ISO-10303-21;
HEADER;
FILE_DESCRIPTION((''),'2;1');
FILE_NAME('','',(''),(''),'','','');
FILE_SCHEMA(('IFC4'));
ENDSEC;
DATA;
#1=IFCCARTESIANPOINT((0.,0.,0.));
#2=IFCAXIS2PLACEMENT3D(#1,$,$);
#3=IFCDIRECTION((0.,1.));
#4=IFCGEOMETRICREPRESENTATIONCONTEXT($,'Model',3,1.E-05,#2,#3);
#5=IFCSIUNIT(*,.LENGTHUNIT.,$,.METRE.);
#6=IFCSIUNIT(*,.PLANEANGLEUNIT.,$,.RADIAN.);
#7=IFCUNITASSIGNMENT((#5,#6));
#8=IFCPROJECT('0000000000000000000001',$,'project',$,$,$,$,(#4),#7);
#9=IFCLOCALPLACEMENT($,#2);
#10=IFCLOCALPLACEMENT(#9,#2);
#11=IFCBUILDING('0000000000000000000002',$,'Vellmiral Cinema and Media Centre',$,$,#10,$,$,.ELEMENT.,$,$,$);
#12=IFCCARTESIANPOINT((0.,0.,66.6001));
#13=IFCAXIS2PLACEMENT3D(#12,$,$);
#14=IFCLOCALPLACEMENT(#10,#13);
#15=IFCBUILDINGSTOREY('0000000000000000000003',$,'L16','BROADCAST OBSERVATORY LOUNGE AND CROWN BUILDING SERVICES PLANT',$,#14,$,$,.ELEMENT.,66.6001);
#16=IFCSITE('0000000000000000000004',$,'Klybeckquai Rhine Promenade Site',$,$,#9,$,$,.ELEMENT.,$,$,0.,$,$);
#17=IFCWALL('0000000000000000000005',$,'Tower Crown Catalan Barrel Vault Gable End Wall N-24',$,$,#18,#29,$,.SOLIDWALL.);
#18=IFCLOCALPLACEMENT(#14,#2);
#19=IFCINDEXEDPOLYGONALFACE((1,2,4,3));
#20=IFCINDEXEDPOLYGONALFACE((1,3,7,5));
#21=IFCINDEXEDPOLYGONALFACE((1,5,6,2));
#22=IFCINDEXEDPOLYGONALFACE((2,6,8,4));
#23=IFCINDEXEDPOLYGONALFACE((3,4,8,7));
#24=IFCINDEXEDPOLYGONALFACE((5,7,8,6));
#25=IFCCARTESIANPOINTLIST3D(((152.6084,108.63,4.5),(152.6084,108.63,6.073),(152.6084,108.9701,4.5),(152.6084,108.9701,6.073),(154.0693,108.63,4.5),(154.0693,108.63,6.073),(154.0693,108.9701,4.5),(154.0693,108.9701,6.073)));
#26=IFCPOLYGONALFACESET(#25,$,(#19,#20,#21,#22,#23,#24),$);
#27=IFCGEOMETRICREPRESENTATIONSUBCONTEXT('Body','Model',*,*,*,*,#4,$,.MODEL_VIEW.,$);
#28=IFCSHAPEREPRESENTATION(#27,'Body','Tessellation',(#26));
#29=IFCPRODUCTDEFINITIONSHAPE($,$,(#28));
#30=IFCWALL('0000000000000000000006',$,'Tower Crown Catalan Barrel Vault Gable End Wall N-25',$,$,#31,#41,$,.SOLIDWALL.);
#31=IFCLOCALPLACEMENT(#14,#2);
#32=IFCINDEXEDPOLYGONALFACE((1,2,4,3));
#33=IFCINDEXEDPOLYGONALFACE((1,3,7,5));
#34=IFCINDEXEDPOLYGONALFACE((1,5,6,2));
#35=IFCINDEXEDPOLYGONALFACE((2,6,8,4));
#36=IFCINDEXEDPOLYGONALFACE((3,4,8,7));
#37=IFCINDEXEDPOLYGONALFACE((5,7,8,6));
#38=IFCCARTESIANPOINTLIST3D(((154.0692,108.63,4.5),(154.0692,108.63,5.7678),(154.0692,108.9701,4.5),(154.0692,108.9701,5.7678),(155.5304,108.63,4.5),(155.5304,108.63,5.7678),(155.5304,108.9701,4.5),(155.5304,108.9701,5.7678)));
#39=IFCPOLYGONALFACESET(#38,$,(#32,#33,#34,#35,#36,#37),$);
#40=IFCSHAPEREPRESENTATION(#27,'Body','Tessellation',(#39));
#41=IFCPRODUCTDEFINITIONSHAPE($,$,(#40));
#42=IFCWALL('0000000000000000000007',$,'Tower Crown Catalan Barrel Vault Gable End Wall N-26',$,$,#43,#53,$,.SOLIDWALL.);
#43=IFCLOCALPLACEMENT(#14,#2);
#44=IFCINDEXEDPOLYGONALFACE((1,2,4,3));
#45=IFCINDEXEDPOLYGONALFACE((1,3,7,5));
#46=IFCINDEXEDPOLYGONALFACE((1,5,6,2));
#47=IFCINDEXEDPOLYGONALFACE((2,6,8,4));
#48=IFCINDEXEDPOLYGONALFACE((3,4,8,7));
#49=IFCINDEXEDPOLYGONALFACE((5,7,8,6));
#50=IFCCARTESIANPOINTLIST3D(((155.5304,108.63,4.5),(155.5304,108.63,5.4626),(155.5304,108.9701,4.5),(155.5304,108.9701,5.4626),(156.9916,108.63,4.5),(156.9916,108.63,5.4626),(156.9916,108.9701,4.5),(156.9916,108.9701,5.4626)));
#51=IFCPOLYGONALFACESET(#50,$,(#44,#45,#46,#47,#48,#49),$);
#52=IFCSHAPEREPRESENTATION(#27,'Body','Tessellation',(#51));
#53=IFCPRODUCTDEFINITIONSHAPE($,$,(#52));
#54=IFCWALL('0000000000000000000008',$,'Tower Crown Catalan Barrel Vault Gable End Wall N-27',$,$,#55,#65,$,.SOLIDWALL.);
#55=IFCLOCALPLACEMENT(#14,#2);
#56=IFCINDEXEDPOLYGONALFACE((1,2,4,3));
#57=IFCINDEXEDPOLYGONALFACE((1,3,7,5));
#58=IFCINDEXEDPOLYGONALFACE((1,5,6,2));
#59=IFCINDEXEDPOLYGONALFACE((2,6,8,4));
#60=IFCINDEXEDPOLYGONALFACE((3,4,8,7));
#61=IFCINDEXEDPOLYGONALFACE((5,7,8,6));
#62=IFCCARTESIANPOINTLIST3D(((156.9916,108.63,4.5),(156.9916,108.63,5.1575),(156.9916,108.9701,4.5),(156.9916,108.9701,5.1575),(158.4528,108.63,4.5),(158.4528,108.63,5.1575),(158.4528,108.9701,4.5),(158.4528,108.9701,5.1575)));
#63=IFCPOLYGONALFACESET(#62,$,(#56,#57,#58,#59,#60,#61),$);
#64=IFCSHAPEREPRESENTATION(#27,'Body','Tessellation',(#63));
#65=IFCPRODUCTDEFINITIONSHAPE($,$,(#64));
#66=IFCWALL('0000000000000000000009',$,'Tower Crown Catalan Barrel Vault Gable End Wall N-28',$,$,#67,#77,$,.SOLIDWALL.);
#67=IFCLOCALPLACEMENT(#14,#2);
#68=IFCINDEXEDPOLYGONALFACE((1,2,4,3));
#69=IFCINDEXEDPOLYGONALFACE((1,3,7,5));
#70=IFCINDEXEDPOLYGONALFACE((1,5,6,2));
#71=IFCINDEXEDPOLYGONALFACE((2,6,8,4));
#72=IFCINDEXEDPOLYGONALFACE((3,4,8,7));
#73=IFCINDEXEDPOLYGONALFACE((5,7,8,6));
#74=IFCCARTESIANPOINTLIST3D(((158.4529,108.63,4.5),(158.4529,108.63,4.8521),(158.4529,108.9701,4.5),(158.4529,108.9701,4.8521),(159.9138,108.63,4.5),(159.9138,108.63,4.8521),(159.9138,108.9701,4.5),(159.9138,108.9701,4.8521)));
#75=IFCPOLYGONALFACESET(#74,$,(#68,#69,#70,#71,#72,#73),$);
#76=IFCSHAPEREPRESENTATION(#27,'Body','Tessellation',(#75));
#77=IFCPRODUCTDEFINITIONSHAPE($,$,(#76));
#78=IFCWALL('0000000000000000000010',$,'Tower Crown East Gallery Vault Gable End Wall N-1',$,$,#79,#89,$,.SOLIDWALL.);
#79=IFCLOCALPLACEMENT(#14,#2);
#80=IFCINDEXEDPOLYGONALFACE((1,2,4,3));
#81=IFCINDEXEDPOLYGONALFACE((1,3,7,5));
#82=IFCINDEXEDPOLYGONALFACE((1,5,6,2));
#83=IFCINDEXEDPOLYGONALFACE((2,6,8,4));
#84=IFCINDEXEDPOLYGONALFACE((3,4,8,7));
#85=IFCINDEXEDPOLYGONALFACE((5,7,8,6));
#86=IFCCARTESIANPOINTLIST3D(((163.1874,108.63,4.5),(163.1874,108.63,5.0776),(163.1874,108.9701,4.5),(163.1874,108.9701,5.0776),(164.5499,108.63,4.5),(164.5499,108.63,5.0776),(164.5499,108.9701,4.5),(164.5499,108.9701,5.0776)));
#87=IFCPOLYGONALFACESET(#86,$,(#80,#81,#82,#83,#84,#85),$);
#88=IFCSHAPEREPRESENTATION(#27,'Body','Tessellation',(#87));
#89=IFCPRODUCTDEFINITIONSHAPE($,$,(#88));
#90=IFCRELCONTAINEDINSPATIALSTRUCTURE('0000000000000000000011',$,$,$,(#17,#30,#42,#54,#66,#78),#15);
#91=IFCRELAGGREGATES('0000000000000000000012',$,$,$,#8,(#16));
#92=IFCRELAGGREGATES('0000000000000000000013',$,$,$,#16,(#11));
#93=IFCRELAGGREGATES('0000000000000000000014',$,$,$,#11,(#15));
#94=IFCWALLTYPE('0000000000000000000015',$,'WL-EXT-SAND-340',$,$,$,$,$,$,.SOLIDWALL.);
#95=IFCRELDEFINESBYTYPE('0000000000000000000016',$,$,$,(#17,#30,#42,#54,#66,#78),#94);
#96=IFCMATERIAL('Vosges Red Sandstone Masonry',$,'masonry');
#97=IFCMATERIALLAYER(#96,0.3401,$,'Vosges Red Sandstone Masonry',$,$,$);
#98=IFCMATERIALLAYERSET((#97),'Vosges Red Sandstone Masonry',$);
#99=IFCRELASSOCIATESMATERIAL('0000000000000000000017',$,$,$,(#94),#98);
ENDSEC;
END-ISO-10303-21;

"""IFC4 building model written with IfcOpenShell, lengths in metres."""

from ifc_helpers import new_model, si_unit, direction, frame, frame_2d, origin, place, context, subcontext, project, spatial, rectangle, extrude, material, layer, layer_set, type_object, element, save


model = new_model("IFC4")

# Units and contexts
model_context = context("Model", 3, precision=1e-05, world=origin(), true_north=direction((0.0, 1.0)))
body_context = subcontext(model_context, "Body", "Model", "MODEL_VIEW")
ifc_project = project(units=[si_unit("LENGTHUNIT", "METRE"), si_unit("PLANEANGLEUNIT", "RADIAN")], contexts=[model_context])

# Site, building, storey
site_placement = place(None, origin())
site = spatial("IfcSite", under=ifc_project, at=site_placement, Name="Klybeckquai Rhine Promenade Site", CompositionType="ELEMENT", RefElevation=0.0)
building_placement = place(site_placement, origin())
building = spatial("IfcBuilding", under=site, at=building_placement, Name="Vellmiral Cinema and Media Centre", CompositionType="ELEMENT")
storey_placement = place(building_placement, frame((0.0, 0.0, 66.6001)))
storey = spatial("IfcBuildingStorey", under=building, at=storey_placement, Name="L16", Description="BROADCAST OBSERVATORY LOUNGE AND CROWN BUILDING SERVICES PLANT", CompositionType="ELEMENT", Elevation=66.6001)

# Shared definitions
ifc_material_1 = material(Name="Vosges Red Sandstone Masonry", Category="masonry")
ifc_layer_1 = layer(ifc_material_1, 0.3401, Name="Vosges Red Sandstone Masonry")
ifc_layer_set_1 = layer_set([ifc_layer_1], Name="Vosges Red Sandstone Masonry")
wall_type_1 = type_object("IfcWallType", Name="WL-EXT-SAND-340", PredefinedType="SOLIDWALL", material=ifc_layer_set_1)

# Walls
wall_1_placement = place(storey_placement, frame((152.6084, 108.8, 4.5), z_axis=(0.0, 0.0, 1.0), x_axis=(1.0, 0.0, 0.0)))
element("IfcWall", 1, at=wall_1_placement, inside=storey, type_object=wall_type_1, Name="Tower Crown Catalan Barrel Vault Gable End Wall N-24", PredefinedType="SOLIDWALL", context=body_context, shape_type="SweptSolid", body=[
    extrude(rectangle(XDim=1.4609, YDim=0.3401, at=frame_2d((0.7305, 0.0))), origin(), (0.0, 0.0, 1.0), 1.573),
])
wall_2_placement = place(storey_placement, frame((154.0693, 108.8, 4.5), z_axis=(0.0, 0.0, 1.0), x_axis=(1.0, 0.0, 0.0)))
element("IfcWall", 2, at=wall_2_placement, inside=storey, type_object=wall_type_1, Name="Tower Crown Catalan Barrel Vault Gable End Wall N-25", PredefinedType="SOLIDWALL", context=body_context, shape_type="SweptSolid", body=[
    extrude(rectangle(XDim=1.4612, YDim=0.3401, at=frame_2d((0.7305, 0.0))), origin(), (0.0, 0.0, 1.0), 1.2678),
])
wall_3_placement = place(storey_placement, frame((155.5305, 108.8, 4.5), z_axis=(0.0, 0.0, 1.0), x_axis=(1.0, 0.0, 0.0)))
element("IfcWall", 3, at=wall_3_placement, inside=storey, type_object=wall_type_1, Name="Tower Crown Catalan Barrel Vault Gable End Wall N-26", PredefinedType="SOLIDWALL", context=body_context, shape_type="SweptSolid", body=[
    extrude(rectangle(XDim=1.4612, YDim=0.3401, at=frame_2d((0.7305, 0.0))), origin(), (0.0, 0.0, 1.0), 0.9626),
])
wall_4_placement = place(storey_placement, frame((156.9917, 108.8, 4.5), z_axis=(0.0, 0.0, 1.0), x_axis=(1.0, 0.0, 0.0)))
element("IfcWall", 4, at=wall_4_placement, inside=storey, type_object=wall_type_1, Name="Tower Crown Catalan Barrel Vault Gable End Wall N-27", PredefinedType="SOLIDWALL", context=body_context, shape_type="SweptSolid", body=[
    extrude(rectangle(XDim=1.4612, YDim=0.3401, at=frame_2d((0.7305, 0.0))), origin(), (0.0, 0.0, 1.0), 0.6575),
])
wall_5_placement = place(storey_placement, frame((158.4529, 108.8, 4.5), z_axis=(0.0, 0.0, 1.0), x_axis=(1.0, 0.0, 0.0)))
element("IfcWall", 5, at=wall_5_placement, inside=storey, type_object=wall_type_1, Name="Tower Crown Catalan Barrel Vault Gable End Wall N-28", PredefinedType="SOLIDWALL", context=body_context, shape_type="SweptSolid", body=[
    extrude(rectangle(XDim=1.4609, YDim=0.3401, at=frame_2d((0.7305, 0.0))), origin(), (0.0, 0.0, 1.0), 0.3521),
])
wall_6_placement = place(storey_placement, frame((163.1875, 108.8, 4.5), z_axis=(0.0, 0.0, 1.0), x_axis=(1.0, 0.0, 0.0)))
element("IfcWall", 6, at=wall_6_placement, inside=storey, type_object=wall_type_1, Name="Tower Crown East Gallery Vault Gable End Wall N-1", PredefinedType="SOLIDWALL", context=body_context, shape_type="SweptSolid", body=[
    extrude(rectangle(XDim=1.3625, YDim=0.3401, at=frame_2d((0.6812, 0.0))), origin(), (0.0, 0.0, 1.0), 0.5776),
])

save(model, "model.ifc")
